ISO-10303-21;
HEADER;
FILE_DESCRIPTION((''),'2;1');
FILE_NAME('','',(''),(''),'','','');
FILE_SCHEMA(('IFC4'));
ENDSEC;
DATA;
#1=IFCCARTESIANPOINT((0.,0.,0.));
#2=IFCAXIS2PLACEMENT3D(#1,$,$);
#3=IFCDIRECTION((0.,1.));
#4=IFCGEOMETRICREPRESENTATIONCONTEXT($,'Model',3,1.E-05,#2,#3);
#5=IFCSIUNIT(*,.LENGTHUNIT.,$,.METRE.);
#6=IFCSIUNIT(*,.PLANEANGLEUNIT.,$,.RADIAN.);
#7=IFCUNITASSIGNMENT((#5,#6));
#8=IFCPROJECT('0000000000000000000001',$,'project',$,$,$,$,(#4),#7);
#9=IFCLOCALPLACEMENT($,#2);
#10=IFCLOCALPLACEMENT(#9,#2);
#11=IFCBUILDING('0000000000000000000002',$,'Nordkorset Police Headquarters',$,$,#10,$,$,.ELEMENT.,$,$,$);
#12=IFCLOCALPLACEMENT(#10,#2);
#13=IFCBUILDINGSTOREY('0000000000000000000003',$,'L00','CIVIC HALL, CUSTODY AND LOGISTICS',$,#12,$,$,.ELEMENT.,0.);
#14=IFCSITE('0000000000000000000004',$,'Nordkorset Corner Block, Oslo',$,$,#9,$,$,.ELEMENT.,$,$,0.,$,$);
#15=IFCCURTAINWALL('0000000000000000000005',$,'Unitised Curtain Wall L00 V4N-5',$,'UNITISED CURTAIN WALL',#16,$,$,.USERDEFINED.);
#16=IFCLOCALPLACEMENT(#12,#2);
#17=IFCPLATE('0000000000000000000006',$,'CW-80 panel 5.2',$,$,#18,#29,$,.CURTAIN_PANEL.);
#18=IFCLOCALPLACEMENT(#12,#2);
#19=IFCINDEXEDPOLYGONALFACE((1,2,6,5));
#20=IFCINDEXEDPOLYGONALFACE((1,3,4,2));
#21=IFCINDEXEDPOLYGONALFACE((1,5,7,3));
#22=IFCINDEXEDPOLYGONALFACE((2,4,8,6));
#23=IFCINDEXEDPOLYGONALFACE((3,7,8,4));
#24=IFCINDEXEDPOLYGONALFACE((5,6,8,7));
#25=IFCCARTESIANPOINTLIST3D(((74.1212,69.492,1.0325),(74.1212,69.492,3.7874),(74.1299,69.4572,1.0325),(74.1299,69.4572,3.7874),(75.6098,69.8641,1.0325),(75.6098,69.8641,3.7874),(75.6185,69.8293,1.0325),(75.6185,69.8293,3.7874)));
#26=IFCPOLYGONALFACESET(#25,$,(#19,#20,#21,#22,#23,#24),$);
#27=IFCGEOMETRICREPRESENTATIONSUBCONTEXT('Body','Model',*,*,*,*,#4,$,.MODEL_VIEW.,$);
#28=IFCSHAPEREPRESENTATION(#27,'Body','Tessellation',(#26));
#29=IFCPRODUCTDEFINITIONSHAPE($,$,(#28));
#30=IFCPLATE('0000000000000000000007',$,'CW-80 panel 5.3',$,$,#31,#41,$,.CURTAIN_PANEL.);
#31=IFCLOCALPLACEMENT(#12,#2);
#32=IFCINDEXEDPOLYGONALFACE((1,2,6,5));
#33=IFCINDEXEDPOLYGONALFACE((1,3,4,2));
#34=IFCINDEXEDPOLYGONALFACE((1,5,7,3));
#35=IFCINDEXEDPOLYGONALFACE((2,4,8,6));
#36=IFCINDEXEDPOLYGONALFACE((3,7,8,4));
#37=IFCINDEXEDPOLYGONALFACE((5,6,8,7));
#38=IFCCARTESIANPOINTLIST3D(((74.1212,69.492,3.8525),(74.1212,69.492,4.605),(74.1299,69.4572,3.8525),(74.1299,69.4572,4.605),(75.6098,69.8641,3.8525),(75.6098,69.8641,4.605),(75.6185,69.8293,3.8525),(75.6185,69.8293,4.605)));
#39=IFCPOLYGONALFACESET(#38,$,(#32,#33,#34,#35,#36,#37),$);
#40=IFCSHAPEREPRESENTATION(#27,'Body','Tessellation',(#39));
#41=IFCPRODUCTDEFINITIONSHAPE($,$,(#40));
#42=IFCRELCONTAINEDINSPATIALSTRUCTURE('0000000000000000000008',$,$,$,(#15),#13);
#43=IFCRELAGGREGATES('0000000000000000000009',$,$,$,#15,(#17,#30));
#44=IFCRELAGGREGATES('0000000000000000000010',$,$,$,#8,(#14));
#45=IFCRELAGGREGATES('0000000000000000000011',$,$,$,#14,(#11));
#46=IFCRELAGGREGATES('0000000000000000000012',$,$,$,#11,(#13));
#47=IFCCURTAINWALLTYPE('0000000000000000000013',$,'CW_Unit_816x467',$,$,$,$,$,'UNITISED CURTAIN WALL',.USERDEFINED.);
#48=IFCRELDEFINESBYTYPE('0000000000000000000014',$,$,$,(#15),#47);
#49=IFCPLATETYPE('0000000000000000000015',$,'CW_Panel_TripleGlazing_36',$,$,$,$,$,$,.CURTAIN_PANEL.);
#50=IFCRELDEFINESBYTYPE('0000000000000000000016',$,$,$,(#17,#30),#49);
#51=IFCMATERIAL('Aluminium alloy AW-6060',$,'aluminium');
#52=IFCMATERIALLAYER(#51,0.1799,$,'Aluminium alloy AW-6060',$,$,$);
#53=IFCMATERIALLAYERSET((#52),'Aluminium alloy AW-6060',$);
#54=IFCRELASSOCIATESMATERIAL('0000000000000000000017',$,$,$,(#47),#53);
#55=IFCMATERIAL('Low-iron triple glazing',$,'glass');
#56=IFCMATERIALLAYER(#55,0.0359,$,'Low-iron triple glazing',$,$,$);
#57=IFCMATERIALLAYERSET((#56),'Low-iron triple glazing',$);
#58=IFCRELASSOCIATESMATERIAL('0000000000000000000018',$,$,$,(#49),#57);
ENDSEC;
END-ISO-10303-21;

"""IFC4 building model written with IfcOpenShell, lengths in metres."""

from ifc_helpers import new_model, si_unit, direction, frame, origin, origin_2d, place, context, subcontext, project, spatial, rectangle, extrude, material, layer, layer_set, type_object, element, aggregate, save


model = new_model("IFC4")

# Units and contexts
model_context = context("Model", 3, precision=1e-05, world=origin(), true_north=direction((0.0, 1.0)))
body_context = subcontext(model_context, "Body", "Model", "MODEL_VIEW")
ifc_project = project(units=[si_unit("LENGTHUNIT", "METRE"), si_unit("PLANEANGLEUNIT", "RADIAN")], contexts=[model_context])

# Site, building, storey
site_placement = place(None, origin())
site = spatial("IfcSite", under=ifc_project, at=site_placement, Name="Nordkorset Corner Block, Oslo", CompositionType="ELEMENT", RefElevation=0.0)
building_placement = place(site_placement, origin())
building = spatial("IfcBuilding", under=site, at=building_placement, Name="Nordkorset Police Headquarters", CompositionType="ELEMENT")
storey_placement = place(building_placement, origin())
storey = spatial("IfcBuildingStorey", under=building, at=storey_placement, Name="L00", Description="CIVIC HALL, CUSTODY AND LOGISTICS", CompositionType="ELEMENT", Elevation=0.0)

# Curtain wall
ifc_material_1 = material(Name="Aluminium alloy AW-6060", Category="aluminium")
ifc_layer_1 = layer(ifc_material_1, 0.1799, Name="Aluminium alloy AW-6060")
ifc_layer_set_1 = layer_set([ifc_layer_1], Name="Aluminium alloy AW-6060")
curtain_wall_type_1 = type_object("IfcCurtainWallType", Name="CW_Unit_816x467", ElementType="UNITISED CURTAIN WALL", PredefinedType="USERDEFINED", material=ifc_layer_set_1)
curtain_wall_1_placement = place(storey_placement, origin())
curtain_wall_1 = element("IfcCurtainWall", 1, at=curtain_wall_1_placement, inside=storey, type_object=curtain_wall_type_1, Name="Unitised Curtain Wall L00 V4N-5", ObjectType="UNITISED CURTAIN WALL", PredefinedType="USERDEFINED")

# Plates
ifc_material_2 = material(Name="Low-iron triple glazing", Category="glass")
ifc_layer_2 = layer(ifc_material_2, 0.0359, Name="Low-iron triple glazing")
ifc_layer_set_2 = layer_set([ifc_layer_2], Name="Low-iron triple glazing")
plate_type = type_object("IfcPlateType", Name="CW_Panel_TripleGlazing_36", PredefinedType="CURTAIN_PANEL", material=ifc_layer_set_2)
plate_1_placement = place(storey_placement, frame((74.8699, 69.6606, 1.0325), z_axis=(0.0, 0.0, 1.0), x_axis=(0.970143, 0.242536, 0.0)))
plate_1 = element("IfcPlate", 2, at=plate_1_placement, type_object=plate_type, Name="CW-80 panel 5.2", PredefinedType="CURTAIN_PANEL", context=body_context, shape_type="SweptSolid", body=[
    extrude(rectangle(XDim=1.5344, YDim=0.0359, at=origin_2d()), origin(), (0.0, 0.0, 1.0), 2.7549),
])
plate_2_placement = place(storey_placement, frame((74.8699, 69.6606, 3.8525), z_axis=(0.0, 0.0, 1.0), x_axis=(0.970143, 0.242536, 0.0)))
plate_2 = element("IfcPlate", 3, at=plate_2_placement, type_object=plate_type, Name="CW-80 panel 5.3", PredefinedType="CURTAIN_PANEL", context=body_context, shape_type="SweptSolid", body=[
    extrude(rectangle(XDim=1.5344, YDim=0.0359, at=origin_2d()), origin(), (0.0, 0.0, 1.0), 0.7524),
])
aggregate(curtain_wall_1, [plate_1, plate_2])

save(model, "model.ifc")
